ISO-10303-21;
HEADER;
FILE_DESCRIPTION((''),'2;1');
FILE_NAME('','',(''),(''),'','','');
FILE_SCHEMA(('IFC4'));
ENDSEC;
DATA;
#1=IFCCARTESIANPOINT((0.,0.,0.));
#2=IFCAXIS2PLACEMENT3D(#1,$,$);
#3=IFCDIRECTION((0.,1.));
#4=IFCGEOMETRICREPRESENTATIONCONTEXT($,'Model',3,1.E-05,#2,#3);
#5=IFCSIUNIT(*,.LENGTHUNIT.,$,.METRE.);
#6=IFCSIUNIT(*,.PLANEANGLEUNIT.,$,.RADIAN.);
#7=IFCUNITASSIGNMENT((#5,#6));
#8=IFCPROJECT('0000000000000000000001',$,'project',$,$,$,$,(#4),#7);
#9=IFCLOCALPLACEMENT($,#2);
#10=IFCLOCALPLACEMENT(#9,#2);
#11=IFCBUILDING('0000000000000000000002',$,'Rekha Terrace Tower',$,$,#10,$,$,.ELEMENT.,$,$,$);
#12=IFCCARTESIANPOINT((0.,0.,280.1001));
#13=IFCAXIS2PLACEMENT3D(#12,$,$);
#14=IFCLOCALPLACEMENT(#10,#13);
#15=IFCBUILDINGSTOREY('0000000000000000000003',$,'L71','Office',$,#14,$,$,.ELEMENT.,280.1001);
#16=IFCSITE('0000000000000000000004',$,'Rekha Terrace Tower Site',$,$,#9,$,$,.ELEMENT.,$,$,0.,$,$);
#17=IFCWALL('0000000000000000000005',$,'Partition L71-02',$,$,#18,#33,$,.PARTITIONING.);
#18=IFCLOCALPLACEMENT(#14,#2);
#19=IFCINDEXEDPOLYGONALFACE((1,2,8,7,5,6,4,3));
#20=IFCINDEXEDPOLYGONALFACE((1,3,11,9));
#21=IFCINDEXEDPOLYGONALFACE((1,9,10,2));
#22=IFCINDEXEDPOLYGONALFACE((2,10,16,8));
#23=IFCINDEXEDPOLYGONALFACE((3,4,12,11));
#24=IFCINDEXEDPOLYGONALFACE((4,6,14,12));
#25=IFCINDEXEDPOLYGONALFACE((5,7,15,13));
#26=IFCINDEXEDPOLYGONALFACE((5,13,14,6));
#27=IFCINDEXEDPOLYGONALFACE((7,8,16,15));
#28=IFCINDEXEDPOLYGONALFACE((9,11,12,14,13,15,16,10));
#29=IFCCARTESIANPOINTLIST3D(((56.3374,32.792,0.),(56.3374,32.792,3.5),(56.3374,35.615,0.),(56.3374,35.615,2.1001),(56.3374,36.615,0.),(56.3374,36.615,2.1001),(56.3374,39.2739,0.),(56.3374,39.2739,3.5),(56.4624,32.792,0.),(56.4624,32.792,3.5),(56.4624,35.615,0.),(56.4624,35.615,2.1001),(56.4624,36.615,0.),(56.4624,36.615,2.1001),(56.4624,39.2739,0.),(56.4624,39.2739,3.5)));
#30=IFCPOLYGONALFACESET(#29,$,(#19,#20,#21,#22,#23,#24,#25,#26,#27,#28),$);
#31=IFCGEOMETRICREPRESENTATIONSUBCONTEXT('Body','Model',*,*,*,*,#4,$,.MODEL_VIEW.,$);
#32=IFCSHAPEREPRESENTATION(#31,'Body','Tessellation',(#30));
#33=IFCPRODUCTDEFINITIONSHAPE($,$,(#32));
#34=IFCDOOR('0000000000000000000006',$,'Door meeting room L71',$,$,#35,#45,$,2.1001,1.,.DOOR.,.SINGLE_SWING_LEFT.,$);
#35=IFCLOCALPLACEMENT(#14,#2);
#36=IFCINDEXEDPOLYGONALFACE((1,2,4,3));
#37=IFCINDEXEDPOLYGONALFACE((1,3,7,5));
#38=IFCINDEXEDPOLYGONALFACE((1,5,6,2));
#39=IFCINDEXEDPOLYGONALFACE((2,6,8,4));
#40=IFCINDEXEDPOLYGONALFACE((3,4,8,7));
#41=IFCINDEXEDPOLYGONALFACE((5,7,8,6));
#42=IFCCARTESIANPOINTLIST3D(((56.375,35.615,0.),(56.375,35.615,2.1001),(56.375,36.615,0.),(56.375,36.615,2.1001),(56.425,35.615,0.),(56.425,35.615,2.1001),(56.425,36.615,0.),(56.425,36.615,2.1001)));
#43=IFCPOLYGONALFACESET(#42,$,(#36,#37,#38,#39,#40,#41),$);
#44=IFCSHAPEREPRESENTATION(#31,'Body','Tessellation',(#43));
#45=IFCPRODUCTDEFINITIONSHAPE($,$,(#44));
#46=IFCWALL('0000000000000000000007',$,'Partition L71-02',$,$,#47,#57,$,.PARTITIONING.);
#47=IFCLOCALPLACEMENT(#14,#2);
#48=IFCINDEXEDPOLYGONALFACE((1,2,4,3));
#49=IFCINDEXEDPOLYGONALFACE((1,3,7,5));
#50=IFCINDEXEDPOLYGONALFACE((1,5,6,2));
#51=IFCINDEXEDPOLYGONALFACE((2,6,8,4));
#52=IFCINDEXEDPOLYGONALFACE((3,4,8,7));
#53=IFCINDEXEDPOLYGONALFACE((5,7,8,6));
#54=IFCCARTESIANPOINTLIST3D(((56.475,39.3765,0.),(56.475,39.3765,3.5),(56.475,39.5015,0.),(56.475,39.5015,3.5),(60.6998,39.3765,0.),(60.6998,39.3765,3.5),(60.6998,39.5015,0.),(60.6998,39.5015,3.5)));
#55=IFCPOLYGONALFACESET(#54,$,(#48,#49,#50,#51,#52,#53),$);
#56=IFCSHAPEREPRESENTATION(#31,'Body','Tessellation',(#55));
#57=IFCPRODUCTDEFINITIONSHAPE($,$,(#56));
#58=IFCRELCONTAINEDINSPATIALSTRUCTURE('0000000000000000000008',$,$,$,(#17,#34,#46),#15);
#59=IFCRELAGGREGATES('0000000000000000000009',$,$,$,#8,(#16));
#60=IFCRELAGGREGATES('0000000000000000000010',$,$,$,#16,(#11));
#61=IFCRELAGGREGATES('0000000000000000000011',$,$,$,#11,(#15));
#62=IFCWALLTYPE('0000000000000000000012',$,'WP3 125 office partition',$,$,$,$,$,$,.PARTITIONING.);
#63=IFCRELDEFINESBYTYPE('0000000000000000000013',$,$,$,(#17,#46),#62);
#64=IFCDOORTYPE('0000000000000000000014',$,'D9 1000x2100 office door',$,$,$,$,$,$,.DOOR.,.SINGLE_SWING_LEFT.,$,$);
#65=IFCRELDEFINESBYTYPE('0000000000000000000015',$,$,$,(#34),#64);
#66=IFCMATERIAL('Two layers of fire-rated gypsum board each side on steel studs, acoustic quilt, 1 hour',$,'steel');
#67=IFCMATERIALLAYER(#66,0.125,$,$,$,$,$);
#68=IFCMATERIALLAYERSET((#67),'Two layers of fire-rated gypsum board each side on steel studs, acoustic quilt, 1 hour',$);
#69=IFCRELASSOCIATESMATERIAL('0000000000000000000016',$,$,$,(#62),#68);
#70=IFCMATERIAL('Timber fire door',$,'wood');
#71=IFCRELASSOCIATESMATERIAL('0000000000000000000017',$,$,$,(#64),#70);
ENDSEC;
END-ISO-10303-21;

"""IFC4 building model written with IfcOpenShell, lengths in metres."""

from ifc_helpers import new_model, si_unit, direction, frame, frame_2d, origin, place, context, subcontext, project, spatial, rectangle, extrude, material, layer, layer_set, type_object, element, fill, save


model = new_model("IFC4")

# Units and contexts
model_context = context("Model", 3, precision=1e-05, world=origin(), true_north=direction((0.0, 1.0)))
body_context = subcontext(model_context, "Body", "Model", "MODEL_VIEW")
ifc_project = project(units=[si_unit("LENGTHUNIT", "METRE"), si_unit("PLANEANGLEUNIT", "RADIAN")], contexts=[model_context])

# Site, building, storey
site_placement = place(None, origin())
site = spatial("IfcSite", under=ifc_project, at=site_placement, Name="Rekha Terrace Tower Site", CompositionType="ELEMENT", RefElevation=0.0)
building_placement = place(site_placement, origin())
building = spatial("IfcBuilding", under=site, at=building_placement, Name="Rekha Terrace Tower", CompositionType="ELEMENT")
storey_placement = place(building_placement, frame((0.0, 0.0, 280.1001)))
storey = spatial("IfcBuildingStorey", under=building, at=storey_placement, Name="L71", Description="Office", CompositionType="ELEMENT", Elevation=280.1001)

# Shared definitions
ifc_material_1 = material(Name="Two layers of fire-rated gypsum board each side on steel studs, acoustic quilt, 1 hour", Category="steel")
ifc_layer_1 = layer(ifc_material_1, 0.125)
ifc_layer_set_1 = layer_set([ifc_layer_1], Name="Two layers of fire-rated gypsum board each side on steel studs, acoustic quilt, 1 hour")
wall_type_1 = type_object("IfcWallType", Name="WP3 125 office partition", PredefinedType="PARTITIONING", material=ifc_layer_set_1)

# Wall, opening, door
wall_1_placement = place(storey_placement, frame((56.3999, 32.792, 0.0), z_axis=(0.0, 0.0, 1.0), x_axis=(0.0, 1.0, 0.0)))
wall_1 = element("IfcWall", 1, at=wall_1_placement, inside=storey, type_object=wall_type_1, Name="Partition L71-02", PredefinedType="PARTITIONING", context=body_context, shape_type="SweptSolid", body=[
    extrude(rectangle(XDim=6.4819, YDim=0.125, at=frame_2d((3.241, 0.0))), origin(), (0.0, 0.0, 1.0), 3.5),
])
opening_1_placement = place(wall_1_placement, frame((2.823, 0.0, 0.0)))
opening_1 = element("IfcOpeningElement", 2, at=opening_1_placement, cuts=wall_1, PredefinedType="OPENING", context=body_context, shape_type="SweptSolid", body=[
    extrude(rectangle(XDim=1.0, YDim=2.1001, at=frame_2d((0.5, 1.05))), frame((0.0, 0.0725, 0.0), z_axis=(0.0, -1.0, 0.0), x_axis=(1.0, 0.0, 0.0)), (0.0, 0.0, 1.0), 0.145),
])
ifc_material_2 = material(Name="Timber fire door", Category="wood")
door_type_1 = type_object("IfcDoorType", Name="D9 1000x2100 office door", OperationType="SINGLE_SWING_LEFT", PredefinedType="DOOR", material=ifc_material_2)
door_1_placement = place(opening_1_placement, origin())
door_1 = element("IfcDoor", 3, at=door_1_placement, inside=storey, type_object=door_type_1, Name="Door meeting room L71", OperationType="SINGLE_SWING_LEFT", OverallHeight=2.1001, OverallWidth=1.0, PredefinedType="DOOR", context=body_context, shape_type="SweptSolid", body=[
    extrude(rectangle(XDim=1.0, YDim=2.1001, at=frame_2d((0.5, 1.05))), frame((0.0, 0.0249, 0.0), z_axis=(0.0, -1.0, 0.0), x_axis=(1.0, 0.0, 0.0)), (0.0, 0.0, 1.0), 0.05),
])
fill(opening_1, door_1)

# Wall
wall_2_placement = place(storey_placement, frame((56.4751, 39.439, 0.0), z_axis=(0.0, 0.0, 1.0), x_axis=(1.0, 0.0, 0.0)))
element("IfcWall", 4, at=wall_2_placement, inside=storey, type_object=wall_type_1, Name="Partition L71-02", PredefinedType="PARTITIONING", context=body_context, shape_type="SweptSolid", body=[
    extrude(rectangle(XDim=4.2249, YDim=0.125, at=frame_2d((2.1123, 0.0))), origin(), (0.0, 0.0, 1.0), 3.5),
])

save(model, "model.ifc")
